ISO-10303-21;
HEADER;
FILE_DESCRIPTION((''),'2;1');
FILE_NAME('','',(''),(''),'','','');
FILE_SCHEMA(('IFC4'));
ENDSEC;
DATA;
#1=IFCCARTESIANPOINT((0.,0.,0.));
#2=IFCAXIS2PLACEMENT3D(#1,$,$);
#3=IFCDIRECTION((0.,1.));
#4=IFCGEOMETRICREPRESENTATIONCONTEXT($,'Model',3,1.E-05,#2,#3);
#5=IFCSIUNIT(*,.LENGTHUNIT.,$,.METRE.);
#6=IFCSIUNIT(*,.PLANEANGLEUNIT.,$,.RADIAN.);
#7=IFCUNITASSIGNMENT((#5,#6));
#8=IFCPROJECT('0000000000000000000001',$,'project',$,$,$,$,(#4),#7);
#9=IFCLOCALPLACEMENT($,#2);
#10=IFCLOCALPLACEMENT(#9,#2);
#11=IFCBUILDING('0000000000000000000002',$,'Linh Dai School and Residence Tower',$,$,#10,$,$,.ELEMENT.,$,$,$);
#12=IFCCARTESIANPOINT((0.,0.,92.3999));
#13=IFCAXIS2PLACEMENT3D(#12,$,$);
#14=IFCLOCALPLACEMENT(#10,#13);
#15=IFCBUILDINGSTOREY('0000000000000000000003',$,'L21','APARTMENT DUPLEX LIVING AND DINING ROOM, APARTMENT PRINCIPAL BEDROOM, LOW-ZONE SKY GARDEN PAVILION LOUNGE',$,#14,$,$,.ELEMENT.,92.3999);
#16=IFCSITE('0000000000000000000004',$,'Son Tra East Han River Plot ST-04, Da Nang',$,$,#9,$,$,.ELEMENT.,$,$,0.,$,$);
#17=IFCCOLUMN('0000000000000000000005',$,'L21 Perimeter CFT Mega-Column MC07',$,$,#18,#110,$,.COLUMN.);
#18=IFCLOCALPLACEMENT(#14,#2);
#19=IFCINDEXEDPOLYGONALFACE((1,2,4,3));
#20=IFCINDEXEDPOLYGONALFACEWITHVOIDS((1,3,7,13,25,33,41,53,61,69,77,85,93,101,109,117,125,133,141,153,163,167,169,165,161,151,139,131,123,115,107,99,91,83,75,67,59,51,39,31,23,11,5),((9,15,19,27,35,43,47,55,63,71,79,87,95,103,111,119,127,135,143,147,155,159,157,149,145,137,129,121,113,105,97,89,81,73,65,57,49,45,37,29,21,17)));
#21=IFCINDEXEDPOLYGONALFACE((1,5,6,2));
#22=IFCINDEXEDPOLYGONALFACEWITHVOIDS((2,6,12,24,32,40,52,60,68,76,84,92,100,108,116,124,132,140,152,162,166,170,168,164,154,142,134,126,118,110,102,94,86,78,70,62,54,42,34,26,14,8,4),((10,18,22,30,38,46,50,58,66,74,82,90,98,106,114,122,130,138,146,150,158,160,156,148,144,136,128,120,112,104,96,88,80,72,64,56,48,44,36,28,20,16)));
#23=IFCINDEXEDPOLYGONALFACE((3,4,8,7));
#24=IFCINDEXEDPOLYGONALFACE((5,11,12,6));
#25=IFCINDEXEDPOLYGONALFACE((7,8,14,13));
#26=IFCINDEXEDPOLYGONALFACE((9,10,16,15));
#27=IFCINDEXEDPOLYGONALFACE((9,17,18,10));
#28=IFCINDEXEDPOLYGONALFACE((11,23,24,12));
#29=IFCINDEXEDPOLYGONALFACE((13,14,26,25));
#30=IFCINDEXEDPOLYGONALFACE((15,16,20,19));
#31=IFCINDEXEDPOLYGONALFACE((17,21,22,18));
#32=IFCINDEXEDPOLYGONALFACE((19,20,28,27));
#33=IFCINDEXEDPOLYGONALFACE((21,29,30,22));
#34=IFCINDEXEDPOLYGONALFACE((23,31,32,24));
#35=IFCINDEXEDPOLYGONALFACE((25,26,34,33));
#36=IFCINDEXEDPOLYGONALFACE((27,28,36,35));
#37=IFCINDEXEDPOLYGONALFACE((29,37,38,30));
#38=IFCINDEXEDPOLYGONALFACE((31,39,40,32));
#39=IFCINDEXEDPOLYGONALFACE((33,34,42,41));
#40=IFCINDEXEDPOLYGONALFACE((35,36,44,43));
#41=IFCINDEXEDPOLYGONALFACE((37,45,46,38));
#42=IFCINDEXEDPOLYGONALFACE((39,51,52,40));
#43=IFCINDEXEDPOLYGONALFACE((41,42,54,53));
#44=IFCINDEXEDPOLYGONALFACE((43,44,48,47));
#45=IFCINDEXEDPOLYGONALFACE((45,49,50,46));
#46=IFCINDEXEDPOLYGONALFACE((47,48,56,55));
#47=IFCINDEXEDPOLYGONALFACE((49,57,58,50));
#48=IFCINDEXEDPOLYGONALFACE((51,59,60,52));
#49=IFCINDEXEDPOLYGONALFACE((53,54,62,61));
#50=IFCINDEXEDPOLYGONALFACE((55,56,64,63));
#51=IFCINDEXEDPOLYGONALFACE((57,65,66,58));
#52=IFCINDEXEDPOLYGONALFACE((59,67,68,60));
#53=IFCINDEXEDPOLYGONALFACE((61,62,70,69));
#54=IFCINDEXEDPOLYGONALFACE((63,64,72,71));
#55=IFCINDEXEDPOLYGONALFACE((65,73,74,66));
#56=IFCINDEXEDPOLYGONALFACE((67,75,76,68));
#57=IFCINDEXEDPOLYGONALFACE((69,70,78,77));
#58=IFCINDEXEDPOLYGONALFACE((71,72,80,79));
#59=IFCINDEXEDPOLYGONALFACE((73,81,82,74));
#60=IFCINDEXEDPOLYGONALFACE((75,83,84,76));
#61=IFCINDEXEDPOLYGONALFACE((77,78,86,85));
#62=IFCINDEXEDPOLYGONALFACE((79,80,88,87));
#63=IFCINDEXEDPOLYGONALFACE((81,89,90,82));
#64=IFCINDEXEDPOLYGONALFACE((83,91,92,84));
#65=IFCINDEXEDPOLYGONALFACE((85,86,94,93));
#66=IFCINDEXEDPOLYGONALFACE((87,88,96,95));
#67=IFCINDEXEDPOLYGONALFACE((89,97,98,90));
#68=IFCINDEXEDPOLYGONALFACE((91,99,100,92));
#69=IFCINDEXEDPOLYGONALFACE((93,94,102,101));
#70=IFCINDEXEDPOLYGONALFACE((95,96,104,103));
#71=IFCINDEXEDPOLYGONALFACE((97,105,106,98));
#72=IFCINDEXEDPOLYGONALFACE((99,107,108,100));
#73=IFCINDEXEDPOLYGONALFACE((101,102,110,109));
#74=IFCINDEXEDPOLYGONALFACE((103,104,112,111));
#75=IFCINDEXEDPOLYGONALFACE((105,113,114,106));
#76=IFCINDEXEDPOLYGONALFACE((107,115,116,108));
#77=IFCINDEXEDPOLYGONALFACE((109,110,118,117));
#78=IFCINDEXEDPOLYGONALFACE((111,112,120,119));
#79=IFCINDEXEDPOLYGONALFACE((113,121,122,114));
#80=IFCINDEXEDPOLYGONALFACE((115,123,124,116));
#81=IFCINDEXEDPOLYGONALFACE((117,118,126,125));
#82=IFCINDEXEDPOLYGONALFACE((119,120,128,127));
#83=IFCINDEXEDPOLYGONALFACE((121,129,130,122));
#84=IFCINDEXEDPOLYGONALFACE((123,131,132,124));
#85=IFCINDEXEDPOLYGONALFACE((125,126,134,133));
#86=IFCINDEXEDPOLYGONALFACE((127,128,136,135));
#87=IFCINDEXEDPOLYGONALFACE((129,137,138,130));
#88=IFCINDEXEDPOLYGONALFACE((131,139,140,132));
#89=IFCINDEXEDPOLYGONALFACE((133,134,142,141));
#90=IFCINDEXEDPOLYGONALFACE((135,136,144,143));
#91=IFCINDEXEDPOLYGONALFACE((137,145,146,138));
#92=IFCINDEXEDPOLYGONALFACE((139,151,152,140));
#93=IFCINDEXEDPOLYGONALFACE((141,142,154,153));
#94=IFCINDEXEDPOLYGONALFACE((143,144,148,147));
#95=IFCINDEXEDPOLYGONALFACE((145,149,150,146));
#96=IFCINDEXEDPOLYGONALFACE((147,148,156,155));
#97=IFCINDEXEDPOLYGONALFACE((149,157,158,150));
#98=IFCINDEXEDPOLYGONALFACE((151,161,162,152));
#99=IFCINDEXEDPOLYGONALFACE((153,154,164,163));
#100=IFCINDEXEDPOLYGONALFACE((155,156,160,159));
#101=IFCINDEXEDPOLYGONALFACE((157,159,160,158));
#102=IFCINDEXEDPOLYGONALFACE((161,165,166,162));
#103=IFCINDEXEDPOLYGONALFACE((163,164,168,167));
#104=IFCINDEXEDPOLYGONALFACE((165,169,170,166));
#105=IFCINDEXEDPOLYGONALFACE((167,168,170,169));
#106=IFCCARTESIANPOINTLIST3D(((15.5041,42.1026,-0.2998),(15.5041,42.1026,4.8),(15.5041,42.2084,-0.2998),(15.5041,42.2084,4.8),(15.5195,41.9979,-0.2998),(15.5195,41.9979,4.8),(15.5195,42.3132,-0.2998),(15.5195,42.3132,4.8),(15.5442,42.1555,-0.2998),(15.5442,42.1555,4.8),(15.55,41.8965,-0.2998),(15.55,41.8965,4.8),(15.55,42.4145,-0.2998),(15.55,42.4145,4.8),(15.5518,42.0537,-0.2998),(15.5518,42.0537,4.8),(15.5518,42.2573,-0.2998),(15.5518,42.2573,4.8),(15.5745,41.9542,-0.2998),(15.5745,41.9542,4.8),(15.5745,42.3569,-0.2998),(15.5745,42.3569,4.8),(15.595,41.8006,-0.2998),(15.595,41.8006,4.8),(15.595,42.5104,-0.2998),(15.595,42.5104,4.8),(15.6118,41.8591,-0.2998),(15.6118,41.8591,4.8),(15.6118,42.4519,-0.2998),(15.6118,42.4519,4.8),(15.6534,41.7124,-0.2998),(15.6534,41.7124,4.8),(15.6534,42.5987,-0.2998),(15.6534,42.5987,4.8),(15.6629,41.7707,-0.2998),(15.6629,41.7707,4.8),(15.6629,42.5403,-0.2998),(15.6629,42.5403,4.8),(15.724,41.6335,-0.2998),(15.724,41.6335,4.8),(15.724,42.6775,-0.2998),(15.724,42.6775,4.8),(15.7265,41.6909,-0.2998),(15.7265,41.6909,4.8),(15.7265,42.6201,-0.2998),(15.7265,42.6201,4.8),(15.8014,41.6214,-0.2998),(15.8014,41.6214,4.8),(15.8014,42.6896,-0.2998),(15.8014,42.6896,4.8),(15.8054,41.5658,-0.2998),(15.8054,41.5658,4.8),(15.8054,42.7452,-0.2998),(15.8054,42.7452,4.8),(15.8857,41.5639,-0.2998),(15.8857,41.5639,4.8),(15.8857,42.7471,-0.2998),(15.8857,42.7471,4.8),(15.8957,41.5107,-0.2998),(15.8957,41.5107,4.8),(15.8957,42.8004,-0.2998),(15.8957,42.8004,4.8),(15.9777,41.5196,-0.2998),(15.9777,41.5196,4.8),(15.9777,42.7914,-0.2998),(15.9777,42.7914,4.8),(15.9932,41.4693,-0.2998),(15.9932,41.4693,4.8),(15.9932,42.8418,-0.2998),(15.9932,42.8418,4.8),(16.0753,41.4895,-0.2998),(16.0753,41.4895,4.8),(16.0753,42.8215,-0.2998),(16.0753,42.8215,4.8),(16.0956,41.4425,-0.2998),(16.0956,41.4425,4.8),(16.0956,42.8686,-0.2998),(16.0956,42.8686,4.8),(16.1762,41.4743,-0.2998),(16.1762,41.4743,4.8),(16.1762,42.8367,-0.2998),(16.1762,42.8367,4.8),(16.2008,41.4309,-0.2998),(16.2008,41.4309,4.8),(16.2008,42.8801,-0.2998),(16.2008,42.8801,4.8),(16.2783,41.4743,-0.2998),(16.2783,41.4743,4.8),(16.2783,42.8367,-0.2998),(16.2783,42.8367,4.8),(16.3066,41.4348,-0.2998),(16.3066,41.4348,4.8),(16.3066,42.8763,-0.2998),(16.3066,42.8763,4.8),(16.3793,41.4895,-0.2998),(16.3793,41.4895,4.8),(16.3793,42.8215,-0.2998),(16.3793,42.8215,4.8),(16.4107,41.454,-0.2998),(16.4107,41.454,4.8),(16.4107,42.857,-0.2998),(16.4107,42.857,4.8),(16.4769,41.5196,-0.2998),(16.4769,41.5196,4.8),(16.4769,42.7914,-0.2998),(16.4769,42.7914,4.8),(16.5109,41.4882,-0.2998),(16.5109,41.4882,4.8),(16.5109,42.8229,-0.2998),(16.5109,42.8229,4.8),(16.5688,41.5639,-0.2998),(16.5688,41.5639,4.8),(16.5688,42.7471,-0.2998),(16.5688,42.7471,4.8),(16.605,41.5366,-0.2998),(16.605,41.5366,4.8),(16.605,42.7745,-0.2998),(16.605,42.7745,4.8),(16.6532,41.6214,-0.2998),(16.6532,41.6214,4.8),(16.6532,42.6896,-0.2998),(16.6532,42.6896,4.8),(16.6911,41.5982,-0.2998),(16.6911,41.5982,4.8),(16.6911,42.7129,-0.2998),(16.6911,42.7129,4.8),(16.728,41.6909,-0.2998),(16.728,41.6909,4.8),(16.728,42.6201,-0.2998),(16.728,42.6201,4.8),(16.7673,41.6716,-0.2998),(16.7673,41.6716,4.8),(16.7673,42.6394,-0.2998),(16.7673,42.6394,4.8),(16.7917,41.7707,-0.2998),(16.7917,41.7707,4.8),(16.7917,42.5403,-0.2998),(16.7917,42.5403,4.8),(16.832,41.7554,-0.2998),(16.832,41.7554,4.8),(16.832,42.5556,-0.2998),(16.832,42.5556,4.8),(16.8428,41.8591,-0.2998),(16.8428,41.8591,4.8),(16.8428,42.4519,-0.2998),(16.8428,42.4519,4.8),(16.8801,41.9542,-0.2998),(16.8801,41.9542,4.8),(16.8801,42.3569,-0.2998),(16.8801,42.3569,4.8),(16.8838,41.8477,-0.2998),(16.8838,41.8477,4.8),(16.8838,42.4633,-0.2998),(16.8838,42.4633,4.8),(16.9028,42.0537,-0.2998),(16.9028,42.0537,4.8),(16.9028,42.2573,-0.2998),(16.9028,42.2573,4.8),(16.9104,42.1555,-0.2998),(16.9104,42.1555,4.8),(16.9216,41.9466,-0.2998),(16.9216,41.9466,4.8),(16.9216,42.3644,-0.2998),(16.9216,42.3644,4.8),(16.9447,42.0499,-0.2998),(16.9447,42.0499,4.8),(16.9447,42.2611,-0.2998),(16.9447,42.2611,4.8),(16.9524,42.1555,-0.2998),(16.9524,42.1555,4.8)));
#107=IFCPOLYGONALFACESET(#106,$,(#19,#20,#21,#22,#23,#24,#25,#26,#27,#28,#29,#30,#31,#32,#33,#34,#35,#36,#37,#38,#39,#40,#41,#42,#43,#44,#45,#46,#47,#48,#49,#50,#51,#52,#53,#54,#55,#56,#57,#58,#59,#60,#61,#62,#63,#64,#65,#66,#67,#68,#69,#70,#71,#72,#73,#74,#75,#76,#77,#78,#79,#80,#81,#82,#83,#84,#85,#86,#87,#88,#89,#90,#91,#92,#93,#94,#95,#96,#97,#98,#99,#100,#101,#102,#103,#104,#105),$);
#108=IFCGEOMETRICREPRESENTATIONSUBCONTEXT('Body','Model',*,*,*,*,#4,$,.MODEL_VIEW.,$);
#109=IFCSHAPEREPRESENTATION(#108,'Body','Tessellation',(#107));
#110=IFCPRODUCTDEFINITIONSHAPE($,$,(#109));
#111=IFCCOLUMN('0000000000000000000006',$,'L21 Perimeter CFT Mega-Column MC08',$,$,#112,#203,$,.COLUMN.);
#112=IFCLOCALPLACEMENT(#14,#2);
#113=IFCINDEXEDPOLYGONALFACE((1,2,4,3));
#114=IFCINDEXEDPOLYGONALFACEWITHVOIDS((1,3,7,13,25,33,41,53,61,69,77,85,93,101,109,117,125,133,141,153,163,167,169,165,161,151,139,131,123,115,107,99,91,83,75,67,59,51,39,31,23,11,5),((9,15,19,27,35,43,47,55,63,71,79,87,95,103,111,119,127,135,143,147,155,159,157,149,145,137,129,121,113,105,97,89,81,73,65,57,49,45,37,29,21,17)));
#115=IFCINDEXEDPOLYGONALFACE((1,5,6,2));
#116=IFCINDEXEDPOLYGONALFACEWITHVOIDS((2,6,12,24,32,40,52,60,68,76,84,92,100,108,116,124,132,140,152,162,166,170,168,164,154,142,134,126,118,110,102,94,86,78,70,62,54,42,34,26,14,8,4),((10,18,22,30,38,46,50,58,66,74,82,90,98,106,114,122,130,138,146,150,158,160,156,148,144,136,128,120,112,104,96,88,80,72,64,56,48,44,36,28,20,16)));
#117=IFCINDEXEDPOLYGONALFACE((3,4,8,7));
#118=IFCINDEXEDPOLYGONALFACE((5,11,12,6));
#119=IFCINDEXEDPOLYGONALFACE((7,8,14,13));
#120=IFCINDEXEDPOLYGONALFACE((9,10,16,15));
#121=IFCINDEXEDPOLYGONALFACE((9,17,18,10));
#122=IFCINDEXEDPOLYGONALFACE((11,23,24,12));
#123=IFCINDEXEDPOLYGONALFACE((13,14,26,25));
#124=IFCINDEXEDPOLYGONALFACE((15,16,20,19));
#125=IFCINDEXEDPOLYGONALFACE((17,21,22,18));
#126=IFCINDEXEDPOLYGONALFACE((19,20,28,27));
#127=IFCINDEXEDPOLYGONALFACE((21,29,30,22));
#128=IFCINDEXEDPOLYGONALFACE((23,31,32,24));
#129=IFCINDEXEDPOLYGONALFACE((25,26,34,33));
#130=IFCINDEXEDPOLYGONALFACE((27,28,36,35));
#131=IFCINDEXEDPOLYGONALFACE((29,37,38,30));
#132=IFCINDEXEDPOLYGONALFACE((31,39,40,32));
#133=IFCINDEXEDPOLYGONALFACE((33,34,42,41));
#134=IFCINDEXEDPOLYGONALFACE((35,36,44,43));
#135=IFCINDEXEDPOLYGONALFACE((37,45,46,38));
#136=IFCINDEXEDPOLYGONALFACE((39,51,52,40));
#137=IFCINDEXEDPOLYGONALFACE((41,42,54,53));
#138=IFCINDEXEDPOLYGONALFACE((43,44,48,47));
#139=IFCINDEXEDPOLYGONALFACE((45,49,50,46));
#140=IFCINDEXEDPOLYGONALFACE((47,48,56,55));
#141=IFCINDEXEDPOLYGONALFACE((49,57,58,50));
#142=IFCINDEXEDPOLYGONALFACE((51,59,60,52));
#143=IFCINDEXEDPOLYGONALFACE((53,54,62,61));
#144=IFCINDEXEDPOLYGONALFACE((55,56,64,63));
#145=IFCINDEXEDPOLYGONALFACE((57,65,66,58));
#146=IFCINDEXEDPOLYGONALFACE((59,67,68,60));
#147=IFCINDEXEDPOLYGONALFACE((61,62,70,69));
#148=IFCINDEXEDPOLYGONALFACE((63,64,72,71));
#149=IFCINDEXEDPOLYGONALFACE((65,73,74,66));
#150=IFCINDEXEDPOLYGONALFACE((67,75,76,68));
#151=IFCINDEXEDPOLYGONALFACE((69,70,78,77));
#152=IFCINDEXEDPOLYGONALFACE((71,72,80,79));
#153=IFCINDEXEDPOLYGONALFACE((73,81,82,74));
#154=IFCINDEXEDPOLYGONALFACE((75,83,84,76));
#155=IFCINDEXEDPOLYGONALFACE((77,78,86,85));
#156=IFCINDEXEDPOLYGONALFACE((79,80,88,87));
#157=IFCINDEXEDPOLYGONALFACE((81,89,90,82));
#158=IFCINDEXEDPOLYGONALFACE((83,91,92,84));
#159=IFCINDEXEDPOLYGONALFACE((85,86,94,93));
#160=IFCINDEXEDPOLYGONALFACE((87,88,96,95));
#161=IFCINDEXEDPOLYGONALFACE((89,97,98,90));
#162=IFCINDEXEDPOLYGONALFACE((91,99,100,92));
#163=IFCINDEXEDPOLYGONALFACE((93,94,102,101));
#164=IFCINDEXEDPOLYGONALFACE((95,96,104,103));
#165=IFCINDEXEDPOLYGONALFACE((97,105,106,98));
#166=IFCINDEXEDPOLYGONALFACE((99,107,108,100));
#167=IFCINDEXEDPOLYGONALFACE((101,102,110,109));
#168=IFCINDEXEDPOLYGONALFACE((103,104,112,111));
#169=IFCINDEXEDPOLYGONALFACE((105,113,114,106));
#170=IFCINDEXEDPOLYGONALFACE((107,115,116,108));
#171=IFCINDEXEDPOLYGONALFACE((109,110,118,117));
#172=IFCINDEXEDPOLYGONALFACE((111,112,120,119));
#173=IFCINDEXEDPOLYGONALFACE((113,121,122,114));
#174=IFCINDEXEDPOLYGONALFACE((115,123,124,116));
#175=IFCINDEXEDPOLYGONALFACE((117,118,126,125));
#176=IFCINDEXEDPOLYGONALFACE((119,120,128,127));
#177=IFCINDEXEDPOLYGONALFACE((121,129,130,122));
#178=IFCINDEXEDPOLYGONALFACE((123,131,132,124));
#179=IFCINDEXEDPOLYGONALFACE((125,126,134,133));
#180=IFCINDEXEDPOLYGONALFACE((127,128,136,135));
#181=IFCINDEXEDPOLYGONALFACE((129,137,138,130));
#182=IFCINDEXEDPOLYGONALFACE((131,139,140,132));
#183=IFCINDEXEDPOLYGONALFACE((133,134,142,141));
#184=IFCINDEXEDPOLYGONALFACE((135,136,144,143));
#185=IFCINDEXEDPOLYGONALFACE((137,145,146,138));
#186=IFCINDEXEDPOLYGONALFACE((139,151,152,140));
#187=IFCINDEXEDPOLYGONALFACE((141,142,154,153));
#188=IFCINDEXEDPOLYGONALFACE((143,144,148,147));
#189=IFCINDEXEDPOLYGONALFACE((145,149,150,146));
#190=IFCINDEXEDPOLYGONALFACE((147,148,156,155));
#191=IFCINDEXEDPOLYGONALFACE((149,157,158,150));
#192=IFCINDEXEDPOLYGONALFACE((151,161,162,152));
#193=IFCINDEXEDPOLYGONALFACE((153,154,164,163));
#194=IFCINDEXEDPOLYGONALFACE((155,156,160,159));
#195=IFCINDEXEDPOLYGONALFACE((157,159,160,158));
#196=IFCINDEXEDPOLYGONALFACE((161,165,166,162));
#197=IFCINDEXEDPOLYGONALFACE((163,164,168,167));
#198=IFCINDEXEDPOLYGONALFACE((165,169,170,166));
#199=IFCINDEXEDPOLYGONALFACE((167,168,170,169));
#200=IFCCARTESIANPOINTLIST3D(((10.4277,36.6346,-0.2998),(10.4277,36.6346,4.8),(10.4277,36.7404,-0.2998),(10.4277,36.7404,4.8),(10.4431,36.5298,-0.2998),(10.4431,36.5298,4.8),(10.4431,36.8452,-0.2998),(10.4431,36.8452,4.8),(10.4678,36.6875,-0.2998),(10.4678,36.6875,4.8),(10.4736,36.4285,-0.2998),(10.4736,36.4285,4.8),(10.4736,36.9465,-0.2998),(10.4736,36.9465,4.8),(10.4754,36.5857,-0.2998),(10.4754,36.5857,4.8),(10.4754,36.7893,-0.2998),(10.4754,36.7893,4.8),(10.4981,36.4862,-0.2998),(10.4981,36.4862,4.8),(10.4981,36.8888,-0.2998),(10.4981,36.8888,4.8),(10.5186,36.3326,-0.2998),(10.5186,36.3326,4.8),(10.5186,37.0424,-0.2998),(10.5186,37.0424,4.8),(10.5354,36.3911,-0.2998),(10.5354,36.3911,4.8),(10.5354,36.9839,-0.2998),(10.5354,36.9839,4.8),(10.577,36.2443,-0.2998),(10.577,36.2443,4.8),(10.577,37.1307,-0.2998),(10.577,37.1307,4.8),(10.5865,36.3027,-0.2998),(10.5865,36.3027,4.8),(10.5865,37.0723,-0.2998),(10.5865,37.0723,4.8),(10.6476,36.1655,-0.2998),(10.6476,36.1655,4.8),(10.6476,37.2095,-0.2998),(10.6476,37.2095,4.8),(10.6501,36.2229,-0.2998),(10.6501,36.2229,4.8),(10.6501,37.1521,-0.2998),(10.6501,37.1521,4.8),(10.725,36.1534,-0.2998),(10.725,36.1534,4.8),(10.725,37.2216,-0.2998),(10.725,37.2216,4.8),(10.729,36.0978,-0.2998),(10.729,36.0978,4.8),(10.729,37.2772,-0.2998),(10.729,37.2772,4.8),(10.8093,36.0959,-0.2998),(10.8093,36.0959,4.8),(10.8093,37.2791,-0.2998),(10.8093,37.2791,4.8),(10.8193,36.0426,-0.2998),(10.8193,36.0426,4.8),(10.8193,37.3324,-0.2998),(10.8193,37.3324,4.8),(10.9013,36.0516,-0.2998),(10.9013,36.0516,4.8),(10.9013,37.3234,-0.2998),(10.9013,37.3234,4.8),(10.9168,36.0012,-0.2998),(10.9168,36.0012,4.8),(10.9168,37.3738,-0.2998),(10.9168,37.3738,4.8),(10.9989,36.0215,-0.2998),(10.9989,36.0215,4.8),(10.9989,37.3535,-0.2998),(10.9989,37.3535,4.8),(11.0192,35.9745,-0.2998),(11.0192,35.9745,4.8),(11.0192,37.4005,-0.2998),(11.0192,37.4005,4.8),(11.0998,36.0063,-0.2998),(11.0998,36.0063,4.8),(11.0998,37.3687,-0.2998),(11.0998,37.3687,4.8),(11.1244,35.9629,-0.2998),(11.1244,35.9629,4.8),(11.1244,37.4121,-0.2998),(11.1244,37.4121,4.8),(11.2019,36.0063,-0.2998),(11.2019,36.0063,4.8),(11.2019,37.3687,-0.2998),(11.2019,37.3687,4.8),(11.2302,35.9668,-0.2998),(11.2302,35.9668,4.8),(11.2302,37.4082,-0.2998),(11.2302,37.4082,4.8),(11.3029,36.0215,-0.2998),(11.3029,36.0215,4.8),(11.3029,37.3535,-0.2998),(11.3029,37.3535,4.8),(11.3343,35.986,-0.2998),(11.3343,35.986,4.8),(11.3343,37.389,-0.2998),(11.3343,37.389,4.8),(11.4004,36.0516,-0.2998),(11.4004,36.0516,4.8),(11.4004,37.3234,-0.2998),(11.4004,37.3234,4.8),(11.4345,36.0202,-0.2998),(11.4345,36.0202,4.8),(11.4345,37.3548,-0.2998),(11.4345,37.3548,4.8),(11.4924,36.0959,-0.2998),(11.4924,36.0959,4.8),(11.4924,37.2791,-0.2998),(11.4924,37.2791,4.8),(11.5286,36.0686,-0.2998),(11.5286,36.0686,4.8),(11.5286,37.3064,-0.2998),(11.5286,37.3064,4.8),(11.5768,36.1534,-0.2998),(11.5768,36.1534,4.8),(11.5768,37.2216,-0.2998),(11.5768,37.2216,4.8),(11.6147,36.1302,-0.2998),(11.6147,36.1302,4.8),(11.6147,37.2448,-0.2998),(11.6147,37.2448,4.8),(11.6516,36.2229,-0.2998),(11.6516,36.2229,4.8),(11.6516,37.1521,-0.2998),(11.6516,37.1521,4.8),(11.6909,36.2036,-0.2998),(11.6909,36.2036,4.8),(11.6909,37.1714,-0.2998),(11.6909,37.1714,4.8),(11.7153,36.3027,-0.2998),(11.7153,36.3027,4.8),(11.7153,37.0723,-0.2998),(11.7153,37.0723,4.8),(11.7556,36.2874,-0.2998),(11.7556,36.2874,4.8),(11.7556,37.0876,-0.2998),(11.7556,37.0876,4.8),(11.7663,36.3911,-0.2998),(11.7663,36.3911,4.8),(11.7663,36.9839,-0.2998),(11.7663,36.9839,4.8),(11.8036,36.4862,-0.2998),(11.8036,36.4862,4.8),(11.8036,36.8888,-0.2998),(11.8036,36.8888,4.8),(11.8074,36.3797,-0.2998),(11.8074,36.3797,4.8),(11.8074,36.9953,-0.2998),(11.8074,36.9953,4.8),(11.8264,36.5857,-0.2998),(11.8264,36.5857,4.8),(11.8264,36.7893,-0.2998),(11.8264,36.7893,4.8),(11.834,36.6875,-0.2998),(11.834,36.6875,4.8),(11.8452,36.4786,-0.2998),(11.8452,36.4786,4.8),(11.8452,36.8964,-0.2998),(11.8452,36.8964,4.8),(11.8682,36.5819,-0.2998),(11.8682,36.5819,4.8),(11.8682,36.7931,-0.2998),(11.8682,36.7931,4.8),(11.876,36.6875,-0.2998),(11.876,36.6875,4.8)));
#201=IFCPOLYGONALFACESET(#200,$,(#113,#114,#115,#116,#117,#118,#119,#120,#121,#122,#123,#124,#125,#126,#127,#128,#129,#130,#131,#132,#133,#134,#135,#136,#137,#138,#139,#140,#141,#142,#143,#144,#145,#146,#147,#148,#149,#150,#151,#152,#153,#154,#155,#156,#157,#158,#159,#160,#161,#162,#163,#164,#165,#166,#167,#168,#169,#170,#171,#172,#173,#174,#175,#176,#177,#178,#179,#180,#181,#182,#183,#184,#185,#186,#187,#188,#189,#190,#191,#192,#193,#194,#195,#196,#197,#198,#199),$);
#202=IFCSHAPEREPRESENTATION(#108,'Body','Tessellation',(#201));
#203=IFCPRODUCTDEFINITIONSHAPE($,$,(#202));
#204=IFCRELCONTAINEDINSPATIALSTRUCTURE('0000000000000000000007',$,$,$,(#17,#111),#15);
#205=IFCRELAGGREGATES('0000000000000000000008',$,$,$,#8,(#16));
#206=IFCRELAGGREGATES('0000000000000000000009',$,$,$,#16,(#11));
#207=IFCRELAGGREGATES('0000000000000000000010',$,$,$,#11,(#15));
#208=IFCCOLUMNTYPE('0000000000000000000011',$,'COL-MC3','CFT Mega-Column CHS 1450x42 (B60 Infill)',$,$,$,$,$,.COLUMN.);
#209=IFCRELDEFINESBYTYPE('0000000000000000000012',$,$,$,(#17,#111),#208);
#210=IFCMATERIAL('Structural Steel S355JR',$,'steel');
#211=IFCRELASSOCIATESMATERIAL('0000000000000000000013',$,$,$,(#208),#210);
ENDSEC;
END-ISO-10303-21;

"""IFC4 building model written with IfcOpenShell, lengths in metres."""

from ifc_helpers import new_model, si_unit, direction, frame, origin, origin_2d, place, context, subcontext, project, spatial, hollow_circle, extrude, material, material_profile, profile_set, type_object, element, save


model = new_model("IFC4")

# Units and contexts
model_context = context("Model", 3, precision=1e-05, world=origin(), true_north=direction((0.0, 1.0)))
body_context = subcontext(model_context, "Body", "Model", "MODEL_VIEW")
ifc_project = project(units=[si_unit("LENGTHUNIT", "METRE"), si_unit("PLANEANGLEUNIT", "RADIAN")], contexts=[model_context])

# Site, building, storey
site_placement = place(None, origin())
site = spatial("IfcSite", under=ifc_project, at=site_placement, Name="Son Tra East Han River Plot ST-04, Da Nang", CompositionType="ELEMENT", RefElevation=0.0)
building_placement = place(site_placement, origin())
building = spatial("IfcBuilding", under=site, at=building_placement, Name="Linh Dai School and Residence Tower", CompositionType="ELEMENT")
storey_placement = place(building_placement, frame((0.0, 0.0, 92.3999)))
storey = spatial("IfcBuildingStorey", under=building, at=storey_placement, Name="L21", Description="APARTMENT DUPLEX LIVING AND DINING ROOM, APARTMENT PRINCIPAL BEDROOM, LOW-ZONE SKY GARDEN PAVILION LOUNGE", CompositionType="ELEMENT", Elevation=92.3999)

# Columns
ifc_material_1 = material(Name="Structural Steel S355JR", Category="steel")
ifc_material_profile_1 = material_profile(ifc_material_1, hollow_circle(Radius=0.7251, WallThickness=0.042, at=origin_2d()), Name="CHS 1450x42")
ifc_profile_set_1 = profile_set([ifc_material_profile_1], Name="Structural Steel S355JR")
column_type = type_object("IfcColumnType", Name="COL-MC3", Description="CFT Mega-Column CHS 1450x42 (B60 Infill)", PredefinedType="COLUMN", material=ifc_profile_set_1)
for number, where, z_axis, x_axis, name in (
    (1, (16.2273, 42.1555, -0.2998), (0.0, 0.0, 1.0), (1.0, 0.0, 0.0), "L21 Perimeter CFT Mega-Column MC07"),
    (2, (11.1509, 36.6875, -0.2998), (0.0, 0.0, 1.0), (1.0, 0.0, 0.0), "L21 Perimeter CFT Mega-Column MC08"),
):
    element("IfcColumn", number, at=place(storey_placement, frame(where, z_axis=z_axis, x_axis=x_axis)), inside=storey, type_object=column_type, Name=name, PredefinedType="COLUMN", context=body_context, shape_type="SweptSolid", body=[
        extrude(hollow_circle(Radius=0.7251, WallThickness=0.042, at=origin_2d()), origin(), (0.0, 0.0, 1.0), 5.0999),
    ])

save(model, "model.ifc")
